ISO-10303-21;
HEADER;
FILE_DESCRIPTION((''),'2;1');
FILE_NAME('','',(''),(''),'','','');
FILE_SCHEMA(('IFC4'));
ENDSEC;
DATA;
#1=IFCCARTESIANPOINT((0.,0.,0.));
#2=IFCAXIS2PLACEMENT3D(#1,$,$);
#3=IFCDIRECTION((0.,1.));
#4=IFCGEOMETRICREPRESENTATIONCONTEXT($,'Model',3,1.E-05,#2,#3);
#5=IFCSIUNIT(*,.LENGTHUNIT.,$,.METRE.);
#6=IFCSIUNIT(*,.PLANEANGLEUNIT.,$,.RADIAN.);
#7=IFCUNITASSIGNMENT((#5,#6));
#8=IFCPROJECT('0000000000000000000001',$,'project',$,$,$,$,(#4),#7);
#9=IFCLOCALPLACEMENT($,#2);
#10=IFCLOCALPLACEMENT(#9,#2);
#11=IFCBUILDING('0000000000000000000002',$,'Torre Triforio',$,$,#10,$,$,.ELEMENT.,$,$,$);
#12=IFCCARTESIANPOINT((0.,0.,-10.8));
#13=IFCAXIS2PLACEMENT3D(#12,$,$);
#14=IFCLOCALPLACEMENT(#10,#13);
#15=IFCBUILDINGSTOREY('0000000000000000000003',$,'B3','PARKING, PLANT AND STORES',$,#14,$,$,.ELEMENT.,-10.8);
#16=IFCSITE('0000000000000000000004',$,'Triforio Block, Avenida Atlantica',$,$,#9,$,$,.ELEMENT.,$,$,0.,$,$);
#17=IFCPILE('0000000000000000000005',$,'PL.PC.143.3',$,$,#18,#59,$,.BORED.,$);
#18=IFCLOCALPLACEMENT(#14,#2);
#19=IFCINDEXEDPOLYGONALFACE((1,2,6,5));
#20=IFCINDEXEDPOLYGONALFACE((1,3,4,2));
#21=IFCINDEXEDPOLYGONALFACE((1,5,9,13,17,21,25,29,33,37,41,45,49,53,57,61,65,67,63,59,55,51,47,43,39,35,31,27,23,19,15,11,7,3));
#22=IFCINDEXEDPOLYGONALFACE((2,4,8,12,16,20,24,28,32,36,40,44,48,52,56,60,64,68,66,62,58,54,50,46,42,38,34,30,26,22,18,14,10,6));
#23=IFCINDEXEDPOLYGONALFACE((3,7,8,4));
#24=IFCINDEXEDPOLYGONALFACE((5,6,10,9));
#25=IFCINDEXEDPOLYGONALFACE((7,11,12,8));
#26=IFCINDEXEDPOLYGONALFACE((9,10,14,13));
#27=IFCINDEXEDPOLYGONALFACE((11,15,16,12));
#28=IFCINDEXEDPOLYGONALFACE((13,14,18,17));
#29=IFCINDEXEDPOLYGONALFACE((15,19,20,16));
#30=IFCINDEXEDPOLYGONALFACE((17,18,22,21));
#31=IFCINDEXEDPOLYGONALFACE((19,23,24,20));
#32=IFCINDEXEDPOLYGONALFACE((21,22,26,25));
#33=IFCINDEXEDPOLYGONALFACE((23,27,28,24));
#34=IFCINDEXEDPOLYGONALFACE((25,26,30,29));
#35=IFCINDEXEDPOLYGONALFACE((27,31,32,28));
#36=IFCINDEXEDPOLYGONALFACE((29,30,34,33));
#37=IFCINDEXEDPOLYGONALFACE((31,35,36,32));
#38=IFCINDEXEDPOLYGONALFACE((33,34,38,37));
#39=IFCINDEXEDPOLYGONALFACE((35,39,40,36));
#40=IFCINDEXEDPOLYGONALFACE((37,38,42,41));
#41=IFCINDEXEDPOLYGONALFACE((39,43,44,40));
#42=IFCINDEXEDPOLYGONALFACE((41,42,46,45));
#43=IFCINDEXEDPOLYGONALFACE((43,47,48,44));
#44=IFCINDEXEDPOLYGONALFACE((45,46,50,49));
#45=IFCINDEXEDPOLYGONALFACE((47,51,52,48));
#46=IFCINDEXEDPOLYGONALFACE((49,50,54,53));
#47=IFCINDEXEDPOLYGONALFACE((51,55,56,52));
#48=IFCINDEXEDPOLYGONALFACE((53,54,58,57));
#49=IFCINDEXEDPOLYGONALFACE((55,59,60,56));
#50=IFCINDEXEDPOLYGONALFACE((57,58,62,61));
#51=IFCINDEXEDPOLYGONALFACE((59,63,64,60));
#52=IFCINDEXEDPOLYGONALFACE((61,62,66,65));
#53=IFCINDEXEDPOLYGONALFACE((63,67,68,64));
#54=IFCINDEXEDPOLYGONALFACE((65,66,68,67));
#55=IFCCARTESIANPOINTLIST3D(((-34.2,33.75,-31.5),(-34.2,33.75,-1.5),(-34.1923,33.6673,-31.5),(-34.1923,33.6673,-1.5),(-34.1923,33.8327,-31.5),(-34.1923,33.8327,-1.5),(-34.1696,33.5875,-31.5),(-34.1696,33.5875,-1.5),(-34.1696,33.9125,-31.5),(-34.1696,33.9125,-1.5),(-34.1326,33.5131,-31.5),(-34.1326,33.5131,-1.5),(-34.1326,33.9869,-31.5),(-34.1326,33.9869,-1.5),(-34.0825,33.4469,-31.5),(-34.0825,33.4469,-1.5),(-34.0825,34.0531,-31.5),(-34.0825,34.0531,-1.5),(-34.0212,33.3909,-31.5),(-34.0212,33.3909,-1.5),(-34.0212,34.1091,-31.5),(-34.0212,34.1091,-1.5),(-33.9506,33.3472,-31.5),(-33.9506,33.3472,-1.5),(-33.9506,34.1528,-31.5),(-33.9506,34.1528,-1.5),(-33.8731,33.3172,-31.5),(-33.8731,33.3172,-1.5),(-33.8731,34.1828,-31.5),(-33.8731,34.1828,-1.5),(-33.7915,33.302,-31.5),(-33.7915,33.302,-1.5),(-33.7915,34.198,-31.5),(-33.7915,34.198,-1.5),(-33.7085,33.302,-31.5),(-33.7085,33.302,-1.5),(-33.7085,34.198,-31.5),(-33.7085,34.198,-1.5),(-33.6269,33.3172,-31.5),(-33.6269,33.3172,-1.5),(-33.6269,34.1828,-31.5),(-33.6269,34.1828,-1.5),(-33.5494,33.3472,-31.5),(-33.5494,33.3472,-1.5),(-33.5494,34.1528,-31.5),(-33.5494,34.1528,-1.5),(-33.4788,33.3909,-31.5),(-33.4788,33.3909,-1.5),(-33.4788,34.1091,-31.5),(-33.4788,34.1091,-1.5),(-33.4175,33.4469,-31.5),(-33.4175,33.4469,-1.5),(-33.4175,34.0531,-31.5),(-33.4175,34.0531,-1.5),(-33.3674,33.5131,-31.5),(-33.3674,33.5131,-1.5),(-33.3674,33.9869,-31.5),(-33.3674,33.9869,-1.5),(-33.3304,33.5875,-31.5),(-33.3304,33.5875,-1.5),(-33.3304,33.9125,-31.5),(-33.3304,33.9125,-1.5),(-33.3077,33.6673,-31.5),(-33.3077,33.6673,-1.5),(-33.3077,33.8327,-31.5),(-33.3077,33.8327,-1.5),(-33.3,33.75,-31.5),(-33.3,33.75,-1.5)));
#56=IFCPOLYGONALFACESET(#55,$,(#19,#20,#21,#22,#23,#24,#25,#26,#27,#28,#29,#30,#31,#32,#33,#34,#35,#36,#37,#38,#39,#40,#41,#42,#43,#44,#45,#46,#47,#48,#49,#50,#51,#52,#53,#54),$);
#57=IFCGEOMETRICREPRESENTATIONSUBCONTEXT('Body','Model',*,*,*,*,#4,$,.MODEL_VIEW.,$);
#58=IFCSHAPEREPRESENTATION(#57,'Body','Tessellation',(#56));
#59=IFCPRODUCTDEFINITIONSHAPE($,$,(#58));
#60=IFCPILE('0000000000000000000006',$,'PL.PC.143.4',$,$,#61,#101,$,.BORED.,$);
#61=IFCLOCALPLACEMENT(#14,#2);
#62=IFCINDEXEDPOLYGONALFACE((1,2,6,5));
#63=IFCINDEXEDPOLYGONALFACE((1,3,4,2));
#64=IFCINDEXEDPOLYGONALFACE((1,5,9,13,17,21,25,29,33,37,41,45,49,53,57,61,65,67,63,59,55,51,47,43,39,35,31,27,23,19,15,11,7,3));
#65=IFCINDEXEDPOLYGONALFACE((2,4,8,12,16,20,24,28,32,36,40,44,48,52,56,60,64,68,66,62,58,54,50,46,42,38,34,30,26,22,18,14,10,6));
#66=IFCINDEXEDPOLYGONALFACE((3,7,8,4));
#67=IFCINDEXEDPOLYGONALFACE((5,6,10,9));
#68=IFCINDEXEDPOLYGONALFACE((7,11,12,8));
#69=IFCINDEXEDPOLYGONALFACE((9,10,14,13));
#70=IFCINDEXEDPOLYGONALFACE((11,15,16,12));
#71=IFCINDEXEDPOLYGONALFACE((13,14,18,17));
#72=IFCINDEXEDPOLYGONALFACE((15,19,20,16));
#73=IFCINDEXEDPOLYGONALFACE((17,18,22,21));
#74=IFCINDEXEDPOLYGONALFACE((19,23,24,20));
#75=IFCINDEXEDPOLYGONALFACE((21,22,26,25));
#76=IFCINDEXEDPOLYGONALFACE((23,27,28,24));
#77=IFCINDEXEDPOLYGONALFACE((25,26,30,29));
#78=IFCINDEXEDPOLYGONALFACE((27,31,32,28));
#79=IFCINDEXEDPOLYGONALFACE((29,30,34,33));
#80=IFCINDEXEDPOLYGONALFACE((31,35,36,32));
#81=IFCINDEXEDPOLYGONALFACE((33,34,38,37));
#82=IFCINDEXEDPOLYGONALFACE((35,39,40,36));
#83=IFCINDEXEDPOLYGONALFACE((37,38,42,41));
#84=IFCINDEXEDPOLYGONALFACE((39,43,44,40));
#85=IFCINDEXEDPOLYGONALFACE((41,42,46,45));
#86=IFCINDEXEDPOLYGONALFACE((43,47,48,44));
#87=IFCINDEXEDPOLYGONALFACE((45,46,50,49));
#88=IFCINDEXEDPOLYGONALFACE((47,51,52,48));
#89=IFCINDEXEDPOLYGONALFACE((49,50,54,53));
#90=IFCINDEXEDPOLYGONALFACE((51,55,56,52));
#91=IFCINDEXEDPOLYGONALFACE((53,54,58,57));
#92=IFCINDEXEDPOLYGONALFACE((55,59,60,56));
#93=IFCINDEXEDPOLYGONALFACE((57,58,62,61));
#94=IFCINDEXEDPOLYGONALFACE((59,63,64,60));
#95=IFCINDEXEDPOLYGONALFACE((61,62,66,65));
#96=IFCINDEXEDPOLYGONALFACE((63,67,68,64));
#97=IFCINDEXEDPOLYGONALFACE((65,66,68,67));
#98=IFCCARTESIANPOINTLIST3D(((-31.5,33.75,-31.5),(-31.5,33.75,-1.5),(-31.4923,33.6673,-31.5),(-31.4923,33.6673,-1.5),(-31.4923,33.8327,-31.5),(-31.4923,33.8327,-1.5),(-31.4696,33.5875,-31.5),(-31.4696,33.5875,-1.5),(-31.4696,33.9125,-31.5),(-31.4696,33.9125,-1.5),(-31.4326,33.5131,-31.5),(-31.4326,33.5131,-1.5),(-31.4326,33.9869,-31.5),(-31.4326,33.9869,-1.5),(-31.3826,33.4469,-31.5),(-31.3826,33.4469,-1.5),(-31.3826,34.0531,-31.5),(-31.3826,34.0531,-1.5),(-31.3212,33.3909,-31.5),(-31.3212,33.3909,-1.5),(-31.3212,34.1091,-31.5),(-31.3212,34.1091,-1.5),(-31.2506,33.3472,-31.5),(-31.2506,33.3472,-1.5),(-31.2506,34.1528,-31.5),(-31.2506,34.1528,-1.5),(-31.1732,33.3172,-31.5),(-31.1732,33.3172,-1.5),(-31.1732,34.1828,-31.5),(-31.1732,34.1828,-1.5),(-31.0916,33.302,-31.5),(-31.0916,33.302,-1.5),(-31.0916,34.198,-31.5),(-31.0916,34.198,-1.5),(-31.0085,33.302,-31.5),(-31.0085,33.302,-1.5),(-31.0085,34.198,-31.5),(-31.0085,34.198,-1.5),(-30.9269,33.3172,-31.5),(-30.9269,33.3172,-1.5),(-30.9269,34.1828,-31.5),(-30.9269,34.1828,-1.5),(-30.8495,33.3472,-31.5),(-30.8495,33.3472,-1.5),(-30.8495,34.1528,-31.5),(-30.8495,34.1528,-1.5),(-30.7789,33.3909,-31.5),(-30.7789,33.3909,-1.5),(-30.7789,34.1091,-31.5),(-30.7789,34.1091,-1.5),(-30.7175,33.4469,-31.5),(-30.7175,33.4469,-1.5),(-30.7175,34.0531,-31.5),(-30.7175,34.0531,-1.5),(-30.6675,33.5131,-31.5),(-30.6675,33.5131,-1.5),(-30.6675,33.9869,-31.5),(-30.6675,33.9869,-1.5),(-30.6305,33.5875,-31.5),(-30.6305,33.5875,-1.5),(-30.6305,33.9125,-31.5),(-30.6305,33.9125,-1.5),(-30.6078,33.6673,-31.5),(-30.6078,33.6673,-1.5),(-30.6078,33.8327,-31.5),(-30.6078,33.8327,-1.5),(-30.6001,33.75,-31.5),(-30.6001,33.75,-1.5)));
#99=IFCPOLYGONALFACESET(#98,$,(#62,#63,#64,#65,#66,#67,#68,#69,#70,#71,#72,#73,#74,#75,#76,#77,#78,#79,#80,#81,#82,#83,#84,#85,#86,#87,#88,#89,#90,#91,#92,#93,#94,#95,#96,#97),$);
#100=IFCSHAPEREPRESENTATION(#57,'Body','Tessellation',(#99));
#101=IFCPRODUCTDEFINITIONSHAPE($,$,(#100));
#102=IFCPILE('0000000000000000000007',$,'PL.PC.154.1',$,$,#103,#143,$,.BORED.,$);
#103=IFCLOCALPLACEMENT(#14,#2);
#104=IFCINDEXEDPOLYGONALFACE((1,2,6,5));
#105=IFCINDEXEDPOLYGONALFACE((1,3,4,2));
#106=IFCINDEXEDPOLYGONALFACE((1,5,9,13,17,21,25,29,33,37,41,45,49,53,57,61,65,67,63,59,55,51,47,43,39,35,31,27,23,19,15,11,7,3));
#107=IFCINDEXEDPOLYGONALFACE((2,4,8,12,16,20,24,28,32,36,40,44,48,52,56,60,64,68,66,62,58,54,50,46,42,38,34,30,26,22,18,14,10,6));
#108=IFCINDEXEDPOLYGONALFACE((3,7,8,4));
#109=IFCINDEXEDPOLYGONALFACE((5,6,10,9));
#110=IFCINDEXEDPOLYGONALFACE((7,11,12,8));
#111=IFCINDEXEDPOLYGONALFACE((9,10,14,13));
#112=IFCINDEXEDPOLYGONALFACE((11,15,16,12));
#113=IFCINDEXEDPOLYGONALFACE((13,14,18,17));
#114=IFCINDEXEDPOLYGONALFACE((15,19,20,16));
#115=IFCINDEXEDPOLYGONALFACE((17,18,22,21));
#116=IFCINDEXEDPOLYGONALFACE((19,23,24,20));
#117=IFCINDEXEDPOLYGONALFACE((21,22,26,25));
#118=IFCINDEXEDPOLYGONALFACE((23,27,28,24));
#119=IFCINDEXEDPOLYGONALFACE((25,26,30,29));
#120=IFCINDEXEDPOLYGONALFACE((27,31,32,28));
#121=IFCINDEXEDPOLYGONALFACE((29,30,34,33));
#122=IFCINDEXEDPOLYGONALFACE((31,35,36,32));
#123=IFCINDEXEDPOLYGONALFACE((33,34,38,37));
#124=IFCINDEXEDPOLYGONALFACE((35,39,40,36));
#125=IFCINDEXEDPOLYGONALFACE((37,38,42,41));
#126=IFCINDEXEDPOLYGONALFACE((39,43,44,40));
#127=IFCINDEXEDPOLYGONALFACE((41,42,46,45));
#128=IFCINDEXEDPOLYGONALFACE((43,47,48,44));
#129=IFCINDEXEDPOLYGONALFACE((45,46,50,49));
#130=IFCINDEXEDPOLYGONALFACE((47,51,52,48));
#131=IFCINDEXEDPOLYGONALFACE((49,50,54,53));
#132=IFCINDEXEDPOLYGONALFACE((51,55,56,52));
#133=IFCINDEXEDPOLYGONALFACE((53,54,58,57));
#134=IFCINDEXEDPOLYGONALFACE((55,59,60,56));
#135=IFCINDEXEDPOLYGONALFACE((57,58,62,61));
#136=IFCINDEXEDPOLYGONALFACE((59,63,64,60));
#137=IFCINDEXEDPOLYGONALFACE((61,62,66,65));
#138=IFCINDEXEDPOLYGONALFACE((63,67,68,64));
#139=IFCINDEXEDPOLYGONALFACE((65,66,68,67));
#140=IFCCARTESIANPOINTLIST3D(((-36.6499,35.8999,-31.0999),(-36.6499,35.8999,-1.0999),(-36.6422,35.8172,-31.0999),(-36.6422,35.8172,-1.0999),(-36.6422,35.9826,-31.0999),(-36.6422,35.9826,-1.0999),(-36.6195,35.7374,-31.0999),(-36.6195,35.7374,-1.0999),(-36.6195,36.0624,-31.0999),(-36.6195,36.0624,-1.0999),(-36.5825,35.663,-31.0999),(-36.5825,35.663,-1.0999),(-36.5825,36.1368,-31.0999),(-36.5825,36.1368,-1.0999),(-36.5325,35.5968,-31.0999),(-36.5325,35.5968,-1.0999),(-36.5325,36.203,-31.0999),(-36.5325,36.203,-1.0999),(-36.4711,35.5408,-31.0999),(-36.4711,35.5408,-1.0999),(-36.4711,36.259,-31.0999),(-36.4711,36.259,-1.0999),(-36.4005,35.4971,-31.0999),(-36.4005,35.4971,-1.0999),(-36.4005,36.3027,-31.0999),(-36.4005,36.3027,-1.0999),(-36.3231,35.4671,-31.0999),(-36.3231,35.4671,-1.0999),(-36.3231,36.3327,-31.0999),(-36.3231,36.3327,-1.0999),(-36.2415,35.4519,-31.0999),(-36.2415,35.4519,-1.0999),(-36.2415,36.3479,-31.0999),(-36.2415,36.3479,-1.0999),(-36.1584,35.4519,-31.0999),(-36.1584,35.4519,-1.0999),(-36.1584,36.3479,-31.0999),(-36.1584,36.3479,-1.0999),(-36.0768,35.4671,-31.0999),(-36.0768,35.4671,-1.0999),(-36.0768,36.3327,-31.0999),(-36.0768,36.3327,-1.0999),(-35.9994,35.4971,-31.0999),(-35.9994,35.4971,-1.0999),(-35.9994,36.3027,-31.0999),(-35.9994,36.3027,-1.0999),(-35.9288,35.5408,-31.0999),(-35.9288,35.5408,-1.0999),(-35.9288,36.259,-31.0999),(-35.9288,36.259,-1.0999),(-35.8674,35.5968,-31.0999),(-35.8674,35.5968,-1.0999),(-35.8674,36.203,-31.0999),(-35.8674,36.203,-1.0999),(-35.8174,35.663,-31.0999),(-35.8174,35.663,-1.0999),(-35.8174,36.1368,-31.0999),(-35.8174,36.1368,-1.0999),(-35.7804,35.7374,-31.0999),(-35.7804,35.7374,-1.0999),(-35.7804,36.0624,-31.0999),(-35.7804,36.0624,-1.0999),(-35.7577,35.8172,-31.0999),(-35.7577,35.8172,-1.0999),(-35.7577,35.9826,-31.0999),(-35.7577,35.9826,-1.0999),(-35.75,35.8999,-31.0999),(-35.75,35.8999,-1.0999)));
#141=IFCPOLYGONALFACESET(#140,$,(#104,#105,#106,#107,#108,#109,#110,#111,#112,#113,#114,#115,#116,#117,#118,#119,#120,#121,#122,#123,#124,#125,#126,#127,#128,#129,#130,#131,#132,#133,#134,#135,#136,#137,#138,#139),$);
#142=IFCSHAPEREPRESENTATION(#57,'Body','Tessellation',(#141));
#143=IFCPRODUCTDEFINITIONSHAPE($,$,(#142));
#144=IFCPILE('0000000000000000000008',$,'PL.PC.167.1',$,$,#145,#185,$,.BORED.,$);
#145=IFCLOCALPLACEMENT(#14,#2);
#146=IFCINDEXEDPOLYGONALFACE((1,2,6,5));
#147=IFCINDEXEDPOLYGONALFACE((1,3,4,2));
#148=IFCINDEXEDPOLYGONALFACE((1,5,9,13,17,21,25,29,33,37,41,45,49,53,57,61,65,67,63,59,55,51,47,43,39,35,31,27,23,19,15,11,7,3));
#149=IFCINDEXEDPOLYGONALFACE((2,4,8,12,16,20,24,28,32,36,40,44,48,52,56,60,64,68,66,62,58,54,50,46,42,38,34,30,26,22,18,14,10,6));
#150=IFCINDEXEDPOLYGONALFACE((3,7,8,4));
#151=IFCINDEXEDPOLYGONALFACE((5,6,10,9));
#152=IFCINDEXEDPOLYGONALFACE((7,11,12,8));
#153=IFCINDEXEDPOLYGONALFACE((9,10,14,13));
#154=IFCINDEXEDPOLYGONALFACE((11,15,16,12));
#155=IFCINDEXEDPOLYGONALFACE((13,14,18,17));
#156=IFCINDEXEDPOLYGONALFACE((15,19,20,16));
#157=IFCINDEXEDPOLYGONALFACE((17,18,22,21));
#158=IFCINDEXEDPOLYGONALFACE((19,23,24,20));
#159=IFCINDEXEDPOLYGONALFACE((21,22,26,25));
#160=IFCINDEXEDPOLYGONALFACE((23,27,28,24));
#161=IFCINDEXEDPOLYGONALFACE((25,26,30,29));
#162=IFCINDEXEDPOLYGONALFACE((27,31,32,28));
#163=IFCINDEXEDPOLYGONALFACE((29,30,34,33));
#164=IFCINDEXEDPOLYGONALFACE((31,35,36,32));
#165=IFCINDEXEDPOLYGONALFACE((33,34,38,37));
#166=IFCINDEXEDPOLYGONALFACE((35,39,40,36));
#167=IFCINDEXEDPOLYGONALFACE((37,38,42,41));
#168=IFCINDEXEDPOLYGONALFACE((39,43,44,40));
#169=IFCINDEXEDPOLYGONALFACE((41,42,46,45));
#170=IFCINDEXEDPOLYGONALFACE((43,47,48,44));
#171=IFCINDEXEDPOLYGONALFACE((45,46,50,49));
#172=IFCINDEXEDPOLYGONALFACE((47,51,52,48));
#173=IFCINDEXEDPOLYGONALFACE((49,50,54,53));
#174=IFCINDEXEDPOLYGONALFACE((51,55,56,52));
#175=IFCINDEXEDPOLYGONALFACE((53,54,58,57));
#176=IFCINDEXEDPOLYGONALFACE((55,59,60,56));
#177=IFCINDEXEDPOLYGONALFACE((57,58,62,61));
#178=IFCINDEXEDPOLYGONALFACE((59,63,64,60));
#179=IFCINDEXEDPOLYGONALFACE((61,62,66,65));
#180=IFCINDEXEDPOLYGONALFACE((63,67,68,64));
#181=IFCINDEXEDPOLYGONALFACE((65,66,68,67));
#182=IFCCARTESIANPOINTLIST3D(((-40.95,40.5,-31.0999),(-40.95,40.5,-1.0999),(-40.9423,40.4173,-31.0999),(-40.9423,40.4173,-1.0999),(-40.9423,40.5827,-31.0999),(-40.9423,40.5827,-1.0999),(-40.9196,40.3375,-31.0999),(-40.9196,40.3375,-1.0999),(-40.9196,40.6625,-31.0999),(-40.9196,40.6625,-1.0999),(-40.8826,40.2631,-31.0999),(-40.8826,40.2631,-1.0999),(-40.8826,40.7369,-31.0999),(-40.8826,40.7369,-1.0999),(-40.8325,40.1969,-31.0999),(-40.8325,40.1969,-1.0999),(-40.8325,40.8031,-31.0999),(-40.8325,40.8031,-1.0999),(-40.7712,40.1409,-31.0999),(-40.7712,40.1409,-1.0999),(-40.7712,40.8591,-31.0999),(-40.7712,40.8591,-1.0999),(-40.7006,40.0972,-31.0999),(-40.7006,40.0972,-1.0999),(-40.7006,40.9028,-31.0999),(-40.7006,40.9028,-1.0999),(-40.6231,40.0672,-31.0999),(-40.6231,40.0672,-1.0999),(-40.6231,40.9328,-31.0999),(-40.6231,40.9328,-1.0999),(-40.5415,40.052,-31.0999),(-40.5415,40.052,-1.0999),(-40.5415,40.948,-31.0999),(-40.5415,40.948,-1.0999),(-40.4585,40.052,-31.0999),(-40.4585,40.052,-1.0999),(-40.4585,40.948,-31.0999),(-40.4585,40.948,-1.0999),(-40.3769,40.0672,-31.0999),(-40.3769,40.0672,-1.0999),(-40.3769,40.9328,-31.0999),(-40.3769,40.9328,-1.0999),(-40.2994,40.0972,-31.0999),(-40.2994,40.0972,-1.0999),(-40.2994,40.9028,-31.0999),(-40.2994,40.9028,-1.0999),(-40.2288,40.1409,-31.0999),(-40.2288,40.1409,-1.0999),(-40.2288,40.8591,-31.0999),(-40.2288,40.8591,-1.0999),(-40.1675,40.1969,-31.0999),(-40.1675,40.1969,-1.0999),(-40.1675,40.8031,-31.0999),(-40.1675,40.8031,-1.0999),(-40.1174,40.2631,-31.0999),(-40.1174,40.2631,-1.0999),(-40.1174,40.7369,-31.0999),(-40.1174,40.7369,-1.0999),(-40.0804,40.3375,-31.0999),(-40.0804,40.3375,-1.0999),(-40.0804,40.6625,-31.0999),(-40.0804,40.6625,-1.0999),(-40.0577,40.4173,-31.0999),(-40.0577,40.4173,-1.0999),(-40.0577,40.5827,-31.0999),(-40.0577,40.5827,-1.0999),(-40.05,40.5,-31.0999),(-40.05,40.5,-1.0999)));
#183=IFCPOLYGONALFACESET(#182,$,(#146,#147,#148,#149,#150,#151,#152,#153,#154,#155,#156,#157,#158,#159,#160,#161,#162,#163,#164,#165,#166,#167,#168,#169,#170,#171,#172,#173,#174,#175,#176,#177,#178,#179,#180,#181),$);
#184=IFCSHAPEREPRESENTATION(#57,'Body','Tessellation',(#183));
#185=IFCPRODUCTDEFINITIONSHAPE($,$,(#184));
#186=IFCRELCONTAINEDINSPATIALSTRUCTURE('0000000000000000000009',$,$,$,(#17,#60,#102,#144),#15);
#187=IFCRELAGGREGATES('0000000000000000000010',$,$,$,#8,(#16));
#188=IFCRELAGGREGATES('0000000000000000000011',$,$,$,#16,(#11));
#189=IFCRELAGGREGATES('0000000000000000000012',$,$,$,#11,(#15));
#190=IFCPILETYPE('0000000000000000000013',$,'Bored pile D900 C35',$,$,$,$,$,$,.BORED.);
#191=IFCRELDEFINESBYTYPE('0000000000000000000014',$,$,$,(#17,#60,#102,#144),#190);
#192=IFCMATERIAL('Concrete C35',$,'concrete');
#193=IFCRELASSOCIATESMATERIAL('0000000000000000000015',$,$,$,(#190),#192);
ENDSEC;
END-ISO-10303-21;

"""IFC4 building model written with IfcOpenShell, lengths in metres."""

from ifc_helpers import new_model, si_unit, direction, frame, origin, origin_2d, place, context, subcontext, project, spatial, circle, extrude, material, material_profile, profile_set, type_object, element, save


model = new_model("IFC4")

# Units and contexts
model_context = context("Model", 3, precision=1e-05, world=origin(), true_north=direction((0.0, 1.0)))
body_context = subcontext(model_context, "Body", "Model", "MODEL_VIEW")
ifc_project = project(units=[si_unit("LENGTHUNIT", "METRE"), si_unit("PLANEANGLEUNIT", "RADIAN")], contexts=[model_context])

# Site, building, storey
site_placement = place(None, origin())
site = spatial("IfcSite", under=ifc_project, at=site_placement, Name="Triforio Block, Avenida Atlantica", CompositionType="ELEMENT", RefElevation=0.0)
building_placement = place(site_placement, origin())
building = spatial("IfcBuilding", under=site, at=building_placement, Name="Torre Triforio", CompositionType="ELEMENT")
storey_placement = place(building_placement, frame((0.0, 0.0, -10.8)))
storey = spatial("IfcBuildingStorey", under=building, at=storey_placement, Name="B3", Description="PARKING, PLANT AND STORES", CompositionType="ELEMENT", Elevation=-10.8)

# Piles
ifc_material_1 = material(Name="Concrete C35", Category="concrete")
ifc_material_profile_1 = material_profile(ifc_material_1, circle(Radius=0.45, at=origin_2d()), Name="RC D900")
ifc_profile_set_1 = profile_set([ifc_material_profile_1], Name="Concrete C35")
pile_type = type_object("IfcPileType", Name="Bored pile D900 C35", PredefinedType="BORED", material=ifc_profile_set_1)
for number, where, z_axis, x_axis, name in (
    (1, (-33.75, 33.75, -1.5), (0.0, 0.0, -1.0), (1.0, 0.0, 0.0), "PL.PC.143.3"),
    (2, (-31.05, 33.75, -1.5), (0.0, 0.0, -1.0), (1.0, 0.0, 0.0), "PL.PC.143.4"),
    (3, (-36.2, 35.8999, -1.0999), (0.0, 0.0, -1.0), (1.0, 0.0, 0.0), "PL.PC.154.1"),
    (4, (-40.5, 40.5, -1.0999), (0.0, 0.0, -1.0), (1.0, 0.0, 0.0), "PL.PC.167.1"),
):
    element("IfcPile", number, at=place(storey_placement, frame(where, z_axis=z_axis, x_axis=x_axis)), inside=storey, type_object=pile_type, Name=name, PredefinedType="BORED", context=body_context, shape_type="SweptSolid", body=[
        extrude(circle(Radius=0.45, at=origin_2d()), origin(), (0.0, 0.0, 1.0), 30.0),
    ])

save(model, "model.ifc")
